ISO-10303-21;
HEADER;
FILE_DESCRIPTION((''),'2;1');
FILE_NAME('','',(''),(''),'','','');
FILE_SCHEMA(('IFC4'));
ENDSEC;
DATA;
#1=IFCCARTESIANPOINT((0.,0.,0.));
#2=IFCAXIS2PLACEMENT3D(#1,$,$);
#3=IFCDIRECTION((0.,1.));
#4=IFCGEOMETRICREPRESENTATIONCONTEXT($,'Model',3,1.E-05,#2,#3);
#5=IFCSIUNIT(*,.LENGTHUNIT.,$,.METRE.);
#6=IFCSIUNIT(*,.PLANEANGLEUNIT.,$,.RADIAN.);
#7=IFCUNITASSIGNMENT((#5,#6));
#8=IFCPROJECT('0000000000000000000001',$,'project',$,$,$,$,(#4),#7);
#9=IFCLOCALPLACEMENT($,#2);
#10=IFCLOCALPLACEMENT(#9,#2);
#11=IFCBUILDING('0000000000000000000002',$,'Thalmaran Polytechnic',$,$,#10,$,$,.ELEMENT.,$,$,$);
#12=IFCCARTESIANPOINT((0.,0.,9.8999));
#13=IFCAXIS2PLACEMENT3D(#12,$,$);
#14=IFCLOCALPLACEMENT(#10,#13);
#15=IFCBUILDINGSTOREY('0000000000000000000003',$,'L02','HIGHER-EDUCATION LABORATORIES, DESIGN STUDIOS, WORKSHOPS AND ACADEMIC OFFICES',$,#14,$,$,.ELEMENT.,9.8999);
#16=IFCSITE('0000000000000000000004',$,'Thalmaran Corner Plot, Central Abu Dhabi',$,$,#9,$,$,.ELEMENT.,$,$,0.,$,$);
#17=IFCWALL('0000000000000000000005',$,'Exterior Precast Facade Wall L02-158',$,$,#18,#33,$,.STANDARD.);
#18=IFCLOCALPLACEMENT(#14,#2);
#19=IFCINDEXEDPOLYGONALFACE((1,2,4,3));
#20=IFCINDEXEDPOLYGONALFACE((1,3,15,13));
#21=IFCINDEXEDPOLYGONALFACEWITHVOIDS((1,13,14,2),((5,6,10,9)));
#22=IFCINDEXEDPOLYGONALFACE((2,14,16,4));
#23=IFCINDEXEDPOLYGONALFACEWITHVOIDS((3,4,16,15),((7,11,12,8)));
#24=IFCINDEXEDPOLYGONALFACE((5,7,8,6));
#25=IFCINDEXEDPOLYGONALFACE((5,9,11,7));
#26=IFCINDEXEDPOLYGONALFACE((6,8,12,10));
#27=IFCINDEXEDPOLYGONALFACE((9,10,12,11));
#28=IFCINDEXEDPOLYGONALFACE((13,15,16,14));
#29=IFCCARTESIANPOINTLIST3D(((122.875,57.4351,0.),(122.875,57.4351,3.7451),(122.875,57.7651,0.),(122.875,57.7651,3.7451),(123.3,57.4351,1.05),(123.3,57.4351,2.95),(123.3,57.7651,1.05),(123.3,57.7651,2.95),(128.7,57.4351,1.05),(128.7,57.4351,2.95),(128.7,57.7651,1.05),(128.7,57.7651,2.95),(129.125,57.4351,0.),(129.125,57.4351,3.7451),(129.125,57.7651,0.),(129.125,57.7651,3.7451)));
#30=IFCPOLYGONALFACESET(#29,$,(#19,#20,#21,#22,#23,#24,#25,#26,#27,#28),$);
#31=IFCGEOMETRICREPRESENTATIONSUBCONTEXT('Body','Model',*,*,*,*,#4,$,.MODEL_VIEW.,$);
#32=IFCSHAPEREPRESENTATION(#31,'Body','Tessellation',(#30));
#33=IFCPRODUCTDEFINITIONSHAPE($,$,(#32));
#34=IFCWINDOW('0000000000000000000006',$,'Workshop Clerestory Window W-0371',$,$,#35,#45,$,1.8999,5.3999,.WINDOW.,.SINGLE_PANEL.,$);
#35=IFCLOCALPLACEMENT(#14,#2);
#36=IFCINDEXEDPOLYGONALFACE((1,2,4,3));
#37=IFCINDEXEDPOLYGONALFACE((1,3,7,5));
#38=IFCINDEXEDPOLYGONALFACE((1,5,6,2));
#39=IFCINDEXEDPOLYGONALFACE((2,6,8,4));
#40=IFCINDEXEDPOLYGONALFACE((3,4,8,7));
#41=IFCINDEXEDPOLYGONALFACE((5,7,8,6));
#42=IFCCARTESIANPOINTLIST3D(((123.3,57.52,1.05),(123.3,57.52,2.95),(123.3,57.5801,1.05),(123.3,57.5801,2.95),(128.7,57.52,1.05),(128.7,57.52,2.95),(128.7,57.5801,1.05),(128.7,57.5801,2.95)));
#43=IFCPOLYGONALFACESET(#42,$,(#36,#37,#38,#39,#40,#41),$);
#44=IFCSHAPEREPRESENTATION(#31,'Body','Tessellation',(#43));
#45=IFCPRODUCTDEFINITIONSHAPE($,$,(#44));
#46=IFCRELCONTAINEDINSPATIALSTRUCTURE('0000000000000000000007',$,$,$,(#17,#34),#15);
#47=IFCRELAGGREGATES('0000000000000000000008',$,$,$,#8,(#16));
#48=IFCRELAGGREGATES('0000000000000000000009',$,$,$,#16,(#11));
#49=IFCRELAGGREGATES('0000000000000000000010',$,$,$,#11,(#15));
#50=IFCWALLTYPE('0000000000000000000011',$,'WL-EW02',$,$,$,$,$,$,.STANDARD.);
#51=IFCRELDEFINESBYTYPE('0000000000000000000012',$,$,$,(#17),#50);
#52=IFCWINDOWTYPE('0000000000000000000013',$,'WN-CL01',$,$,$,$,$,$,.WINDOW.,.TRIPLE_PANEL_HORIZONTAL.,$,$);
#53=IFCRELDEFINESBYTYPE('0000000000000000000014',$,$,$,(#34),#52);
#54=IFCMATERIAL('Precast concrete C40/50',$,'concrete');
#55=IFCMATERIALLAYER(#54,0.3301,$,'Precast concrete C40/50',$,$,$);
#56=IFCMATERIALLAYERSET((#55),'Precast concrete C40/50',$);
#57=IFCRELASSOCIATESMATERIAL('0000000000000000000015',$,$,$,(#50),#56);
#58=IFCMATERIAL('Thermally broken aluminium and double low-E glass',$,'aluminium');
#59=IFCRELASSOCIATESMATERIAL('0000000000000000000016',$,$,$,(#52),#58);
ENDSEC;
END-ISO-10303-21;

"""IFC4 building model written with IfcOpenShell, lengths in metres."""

from ifc_helpers import new_model, si_unit, direction, frame, frame_2d, origin, place, context, subcontext, project, spatial, rectangle, extrude, material, layer, layer_set, type_object, element, fill, save


model = new_model("IFC4")

# Units and contexts
model_context = context("Model", 3, precision=1e-05, world=origin(), true_north=direction((0.0, 1.0)))
body_context = subcontext(model_context, "Body", "Model", "MODEL_VIEW")
ifc_project = project(units=[si_unit("LENGTHUNIT", "METRE"), si_unit("PLANEANGLEUNIT", "RADIAN")], contexts=[model_context])

# Site, building, storey
site_placement = place(None, origin())
site = spatial("IfcSite", under=ifc_project, at=site_placement, Name="Thalmaran Corner Plot, Central Abu Dhabi", CompositionType="ELEMENT", RefElevation=0.0)
building_placement = place(site_placement, origin())
building = spatial("IfcBuilding", under=site, at=building_placement, Name="Thalmaran Polytechnic", CompositionType="ELEMENT")
storey_placement = place(building_placement, frame((0.0, 0.0, 9.8999)))
storey = spatial("IfcBuildingStorey", under=building, at=storey_placement, Name="L02", Description="HIGHER-EDUCATION LABORATORIES, DESIGN STUDIOS, WORKSHOPS AND ACADEMIC OFFICES", CompositionType="ELEMENT", Elevation=9.8999)

# Wall, opening, window
ifc_material_1 = material(Name="Precast concrete C40/50", Category="concrete")
ifc_layer_1 = layer(ifc_material_1, 0.3301, Name="Precast concrete C40/50")
ifc_layer_set_1 = layer_set([ifc_layer_1], Name="Precast concrete C40/50")
wall_type = type_object("IfcWallType", Name="WL-EW02", PredefinedType="STANDARD", material=ifc_layer_set_1)
wall_placement = place(storey_placement, frame((122.875, 57.6001, 0.0), z_axis=(0.0, 0.0, 1.0), x_axis=(1.0, 0.0, 0.0)))
wall = element("IfcWall", 1, at=wall_placement, inside=storey, type_object=wall_type, Name="Exterior Precast Facade Wall L02-158", PredefinedType="STANDARD", context=body_context, shape_type="SweptSolid", body=[
    extrude(rectangle(XDim=6.25, YDim=0.3301, at=frame_2d((3.125, 0.0))), origin(), (0.0, 0.0, 1.0), 3.7451),
])
opening_placement = place(wall_placement, frame((0.425, 0.0, 1.05)))
opening = element("IfcOpeningElement", 2, at=opening_placement, cuts=wall, PredefinedType="OPENING", context=body_context, shape_type="SweptSolid", body=[
    extrude(rectangle(XDim=5.3999, YDim=1.8999, at=frame_2d((2.7, 0.95))), frame((0.0, 0.175, 0.0), z_axis=(0.0, -1.0, 0.0), x_axis=(1.0, 0.0, 0.0)), (0.0, 0.0, 1.0), 0.3501),
])
ifc_material_2 = material(Name="Thermally broken aluminium and double low-E glass", Category="aluminium")
window_type = type_object("IfcWindowType", Name="WN-CL01", PartitioningType="TRIPLE_PANEL_HORIZONTAL", PredefinedType="WINDOW", material=ifc_material_2)
window_placement = place(opening_placement, origin())
window = element("IfcWindow", 3, at=window_placement, inside=storey, type_object=window_type, Name="Workshop Clerestory Window W-0371", OverallHeight=1.8999, OverallWidth=5.3999, PartitioningType="SINGLE_PANEL", PredefinedType="WINDOW", context=body_context, shape_type="SweptSolid", body=[
    extrude(rectangle(XDim=5.3999, YDim=1.8999, at=frame_2d((2.7, 0.95))), frame((0.0, -0.02, 0.0), z_axis=(0.0, -1.0, 0.0), x_axis=(1.0, 0.0, 0.0)), (0.0, 0.0, 1.0), 0.0601),
])
fill(opening, window)

save(model, "model.ifc")
